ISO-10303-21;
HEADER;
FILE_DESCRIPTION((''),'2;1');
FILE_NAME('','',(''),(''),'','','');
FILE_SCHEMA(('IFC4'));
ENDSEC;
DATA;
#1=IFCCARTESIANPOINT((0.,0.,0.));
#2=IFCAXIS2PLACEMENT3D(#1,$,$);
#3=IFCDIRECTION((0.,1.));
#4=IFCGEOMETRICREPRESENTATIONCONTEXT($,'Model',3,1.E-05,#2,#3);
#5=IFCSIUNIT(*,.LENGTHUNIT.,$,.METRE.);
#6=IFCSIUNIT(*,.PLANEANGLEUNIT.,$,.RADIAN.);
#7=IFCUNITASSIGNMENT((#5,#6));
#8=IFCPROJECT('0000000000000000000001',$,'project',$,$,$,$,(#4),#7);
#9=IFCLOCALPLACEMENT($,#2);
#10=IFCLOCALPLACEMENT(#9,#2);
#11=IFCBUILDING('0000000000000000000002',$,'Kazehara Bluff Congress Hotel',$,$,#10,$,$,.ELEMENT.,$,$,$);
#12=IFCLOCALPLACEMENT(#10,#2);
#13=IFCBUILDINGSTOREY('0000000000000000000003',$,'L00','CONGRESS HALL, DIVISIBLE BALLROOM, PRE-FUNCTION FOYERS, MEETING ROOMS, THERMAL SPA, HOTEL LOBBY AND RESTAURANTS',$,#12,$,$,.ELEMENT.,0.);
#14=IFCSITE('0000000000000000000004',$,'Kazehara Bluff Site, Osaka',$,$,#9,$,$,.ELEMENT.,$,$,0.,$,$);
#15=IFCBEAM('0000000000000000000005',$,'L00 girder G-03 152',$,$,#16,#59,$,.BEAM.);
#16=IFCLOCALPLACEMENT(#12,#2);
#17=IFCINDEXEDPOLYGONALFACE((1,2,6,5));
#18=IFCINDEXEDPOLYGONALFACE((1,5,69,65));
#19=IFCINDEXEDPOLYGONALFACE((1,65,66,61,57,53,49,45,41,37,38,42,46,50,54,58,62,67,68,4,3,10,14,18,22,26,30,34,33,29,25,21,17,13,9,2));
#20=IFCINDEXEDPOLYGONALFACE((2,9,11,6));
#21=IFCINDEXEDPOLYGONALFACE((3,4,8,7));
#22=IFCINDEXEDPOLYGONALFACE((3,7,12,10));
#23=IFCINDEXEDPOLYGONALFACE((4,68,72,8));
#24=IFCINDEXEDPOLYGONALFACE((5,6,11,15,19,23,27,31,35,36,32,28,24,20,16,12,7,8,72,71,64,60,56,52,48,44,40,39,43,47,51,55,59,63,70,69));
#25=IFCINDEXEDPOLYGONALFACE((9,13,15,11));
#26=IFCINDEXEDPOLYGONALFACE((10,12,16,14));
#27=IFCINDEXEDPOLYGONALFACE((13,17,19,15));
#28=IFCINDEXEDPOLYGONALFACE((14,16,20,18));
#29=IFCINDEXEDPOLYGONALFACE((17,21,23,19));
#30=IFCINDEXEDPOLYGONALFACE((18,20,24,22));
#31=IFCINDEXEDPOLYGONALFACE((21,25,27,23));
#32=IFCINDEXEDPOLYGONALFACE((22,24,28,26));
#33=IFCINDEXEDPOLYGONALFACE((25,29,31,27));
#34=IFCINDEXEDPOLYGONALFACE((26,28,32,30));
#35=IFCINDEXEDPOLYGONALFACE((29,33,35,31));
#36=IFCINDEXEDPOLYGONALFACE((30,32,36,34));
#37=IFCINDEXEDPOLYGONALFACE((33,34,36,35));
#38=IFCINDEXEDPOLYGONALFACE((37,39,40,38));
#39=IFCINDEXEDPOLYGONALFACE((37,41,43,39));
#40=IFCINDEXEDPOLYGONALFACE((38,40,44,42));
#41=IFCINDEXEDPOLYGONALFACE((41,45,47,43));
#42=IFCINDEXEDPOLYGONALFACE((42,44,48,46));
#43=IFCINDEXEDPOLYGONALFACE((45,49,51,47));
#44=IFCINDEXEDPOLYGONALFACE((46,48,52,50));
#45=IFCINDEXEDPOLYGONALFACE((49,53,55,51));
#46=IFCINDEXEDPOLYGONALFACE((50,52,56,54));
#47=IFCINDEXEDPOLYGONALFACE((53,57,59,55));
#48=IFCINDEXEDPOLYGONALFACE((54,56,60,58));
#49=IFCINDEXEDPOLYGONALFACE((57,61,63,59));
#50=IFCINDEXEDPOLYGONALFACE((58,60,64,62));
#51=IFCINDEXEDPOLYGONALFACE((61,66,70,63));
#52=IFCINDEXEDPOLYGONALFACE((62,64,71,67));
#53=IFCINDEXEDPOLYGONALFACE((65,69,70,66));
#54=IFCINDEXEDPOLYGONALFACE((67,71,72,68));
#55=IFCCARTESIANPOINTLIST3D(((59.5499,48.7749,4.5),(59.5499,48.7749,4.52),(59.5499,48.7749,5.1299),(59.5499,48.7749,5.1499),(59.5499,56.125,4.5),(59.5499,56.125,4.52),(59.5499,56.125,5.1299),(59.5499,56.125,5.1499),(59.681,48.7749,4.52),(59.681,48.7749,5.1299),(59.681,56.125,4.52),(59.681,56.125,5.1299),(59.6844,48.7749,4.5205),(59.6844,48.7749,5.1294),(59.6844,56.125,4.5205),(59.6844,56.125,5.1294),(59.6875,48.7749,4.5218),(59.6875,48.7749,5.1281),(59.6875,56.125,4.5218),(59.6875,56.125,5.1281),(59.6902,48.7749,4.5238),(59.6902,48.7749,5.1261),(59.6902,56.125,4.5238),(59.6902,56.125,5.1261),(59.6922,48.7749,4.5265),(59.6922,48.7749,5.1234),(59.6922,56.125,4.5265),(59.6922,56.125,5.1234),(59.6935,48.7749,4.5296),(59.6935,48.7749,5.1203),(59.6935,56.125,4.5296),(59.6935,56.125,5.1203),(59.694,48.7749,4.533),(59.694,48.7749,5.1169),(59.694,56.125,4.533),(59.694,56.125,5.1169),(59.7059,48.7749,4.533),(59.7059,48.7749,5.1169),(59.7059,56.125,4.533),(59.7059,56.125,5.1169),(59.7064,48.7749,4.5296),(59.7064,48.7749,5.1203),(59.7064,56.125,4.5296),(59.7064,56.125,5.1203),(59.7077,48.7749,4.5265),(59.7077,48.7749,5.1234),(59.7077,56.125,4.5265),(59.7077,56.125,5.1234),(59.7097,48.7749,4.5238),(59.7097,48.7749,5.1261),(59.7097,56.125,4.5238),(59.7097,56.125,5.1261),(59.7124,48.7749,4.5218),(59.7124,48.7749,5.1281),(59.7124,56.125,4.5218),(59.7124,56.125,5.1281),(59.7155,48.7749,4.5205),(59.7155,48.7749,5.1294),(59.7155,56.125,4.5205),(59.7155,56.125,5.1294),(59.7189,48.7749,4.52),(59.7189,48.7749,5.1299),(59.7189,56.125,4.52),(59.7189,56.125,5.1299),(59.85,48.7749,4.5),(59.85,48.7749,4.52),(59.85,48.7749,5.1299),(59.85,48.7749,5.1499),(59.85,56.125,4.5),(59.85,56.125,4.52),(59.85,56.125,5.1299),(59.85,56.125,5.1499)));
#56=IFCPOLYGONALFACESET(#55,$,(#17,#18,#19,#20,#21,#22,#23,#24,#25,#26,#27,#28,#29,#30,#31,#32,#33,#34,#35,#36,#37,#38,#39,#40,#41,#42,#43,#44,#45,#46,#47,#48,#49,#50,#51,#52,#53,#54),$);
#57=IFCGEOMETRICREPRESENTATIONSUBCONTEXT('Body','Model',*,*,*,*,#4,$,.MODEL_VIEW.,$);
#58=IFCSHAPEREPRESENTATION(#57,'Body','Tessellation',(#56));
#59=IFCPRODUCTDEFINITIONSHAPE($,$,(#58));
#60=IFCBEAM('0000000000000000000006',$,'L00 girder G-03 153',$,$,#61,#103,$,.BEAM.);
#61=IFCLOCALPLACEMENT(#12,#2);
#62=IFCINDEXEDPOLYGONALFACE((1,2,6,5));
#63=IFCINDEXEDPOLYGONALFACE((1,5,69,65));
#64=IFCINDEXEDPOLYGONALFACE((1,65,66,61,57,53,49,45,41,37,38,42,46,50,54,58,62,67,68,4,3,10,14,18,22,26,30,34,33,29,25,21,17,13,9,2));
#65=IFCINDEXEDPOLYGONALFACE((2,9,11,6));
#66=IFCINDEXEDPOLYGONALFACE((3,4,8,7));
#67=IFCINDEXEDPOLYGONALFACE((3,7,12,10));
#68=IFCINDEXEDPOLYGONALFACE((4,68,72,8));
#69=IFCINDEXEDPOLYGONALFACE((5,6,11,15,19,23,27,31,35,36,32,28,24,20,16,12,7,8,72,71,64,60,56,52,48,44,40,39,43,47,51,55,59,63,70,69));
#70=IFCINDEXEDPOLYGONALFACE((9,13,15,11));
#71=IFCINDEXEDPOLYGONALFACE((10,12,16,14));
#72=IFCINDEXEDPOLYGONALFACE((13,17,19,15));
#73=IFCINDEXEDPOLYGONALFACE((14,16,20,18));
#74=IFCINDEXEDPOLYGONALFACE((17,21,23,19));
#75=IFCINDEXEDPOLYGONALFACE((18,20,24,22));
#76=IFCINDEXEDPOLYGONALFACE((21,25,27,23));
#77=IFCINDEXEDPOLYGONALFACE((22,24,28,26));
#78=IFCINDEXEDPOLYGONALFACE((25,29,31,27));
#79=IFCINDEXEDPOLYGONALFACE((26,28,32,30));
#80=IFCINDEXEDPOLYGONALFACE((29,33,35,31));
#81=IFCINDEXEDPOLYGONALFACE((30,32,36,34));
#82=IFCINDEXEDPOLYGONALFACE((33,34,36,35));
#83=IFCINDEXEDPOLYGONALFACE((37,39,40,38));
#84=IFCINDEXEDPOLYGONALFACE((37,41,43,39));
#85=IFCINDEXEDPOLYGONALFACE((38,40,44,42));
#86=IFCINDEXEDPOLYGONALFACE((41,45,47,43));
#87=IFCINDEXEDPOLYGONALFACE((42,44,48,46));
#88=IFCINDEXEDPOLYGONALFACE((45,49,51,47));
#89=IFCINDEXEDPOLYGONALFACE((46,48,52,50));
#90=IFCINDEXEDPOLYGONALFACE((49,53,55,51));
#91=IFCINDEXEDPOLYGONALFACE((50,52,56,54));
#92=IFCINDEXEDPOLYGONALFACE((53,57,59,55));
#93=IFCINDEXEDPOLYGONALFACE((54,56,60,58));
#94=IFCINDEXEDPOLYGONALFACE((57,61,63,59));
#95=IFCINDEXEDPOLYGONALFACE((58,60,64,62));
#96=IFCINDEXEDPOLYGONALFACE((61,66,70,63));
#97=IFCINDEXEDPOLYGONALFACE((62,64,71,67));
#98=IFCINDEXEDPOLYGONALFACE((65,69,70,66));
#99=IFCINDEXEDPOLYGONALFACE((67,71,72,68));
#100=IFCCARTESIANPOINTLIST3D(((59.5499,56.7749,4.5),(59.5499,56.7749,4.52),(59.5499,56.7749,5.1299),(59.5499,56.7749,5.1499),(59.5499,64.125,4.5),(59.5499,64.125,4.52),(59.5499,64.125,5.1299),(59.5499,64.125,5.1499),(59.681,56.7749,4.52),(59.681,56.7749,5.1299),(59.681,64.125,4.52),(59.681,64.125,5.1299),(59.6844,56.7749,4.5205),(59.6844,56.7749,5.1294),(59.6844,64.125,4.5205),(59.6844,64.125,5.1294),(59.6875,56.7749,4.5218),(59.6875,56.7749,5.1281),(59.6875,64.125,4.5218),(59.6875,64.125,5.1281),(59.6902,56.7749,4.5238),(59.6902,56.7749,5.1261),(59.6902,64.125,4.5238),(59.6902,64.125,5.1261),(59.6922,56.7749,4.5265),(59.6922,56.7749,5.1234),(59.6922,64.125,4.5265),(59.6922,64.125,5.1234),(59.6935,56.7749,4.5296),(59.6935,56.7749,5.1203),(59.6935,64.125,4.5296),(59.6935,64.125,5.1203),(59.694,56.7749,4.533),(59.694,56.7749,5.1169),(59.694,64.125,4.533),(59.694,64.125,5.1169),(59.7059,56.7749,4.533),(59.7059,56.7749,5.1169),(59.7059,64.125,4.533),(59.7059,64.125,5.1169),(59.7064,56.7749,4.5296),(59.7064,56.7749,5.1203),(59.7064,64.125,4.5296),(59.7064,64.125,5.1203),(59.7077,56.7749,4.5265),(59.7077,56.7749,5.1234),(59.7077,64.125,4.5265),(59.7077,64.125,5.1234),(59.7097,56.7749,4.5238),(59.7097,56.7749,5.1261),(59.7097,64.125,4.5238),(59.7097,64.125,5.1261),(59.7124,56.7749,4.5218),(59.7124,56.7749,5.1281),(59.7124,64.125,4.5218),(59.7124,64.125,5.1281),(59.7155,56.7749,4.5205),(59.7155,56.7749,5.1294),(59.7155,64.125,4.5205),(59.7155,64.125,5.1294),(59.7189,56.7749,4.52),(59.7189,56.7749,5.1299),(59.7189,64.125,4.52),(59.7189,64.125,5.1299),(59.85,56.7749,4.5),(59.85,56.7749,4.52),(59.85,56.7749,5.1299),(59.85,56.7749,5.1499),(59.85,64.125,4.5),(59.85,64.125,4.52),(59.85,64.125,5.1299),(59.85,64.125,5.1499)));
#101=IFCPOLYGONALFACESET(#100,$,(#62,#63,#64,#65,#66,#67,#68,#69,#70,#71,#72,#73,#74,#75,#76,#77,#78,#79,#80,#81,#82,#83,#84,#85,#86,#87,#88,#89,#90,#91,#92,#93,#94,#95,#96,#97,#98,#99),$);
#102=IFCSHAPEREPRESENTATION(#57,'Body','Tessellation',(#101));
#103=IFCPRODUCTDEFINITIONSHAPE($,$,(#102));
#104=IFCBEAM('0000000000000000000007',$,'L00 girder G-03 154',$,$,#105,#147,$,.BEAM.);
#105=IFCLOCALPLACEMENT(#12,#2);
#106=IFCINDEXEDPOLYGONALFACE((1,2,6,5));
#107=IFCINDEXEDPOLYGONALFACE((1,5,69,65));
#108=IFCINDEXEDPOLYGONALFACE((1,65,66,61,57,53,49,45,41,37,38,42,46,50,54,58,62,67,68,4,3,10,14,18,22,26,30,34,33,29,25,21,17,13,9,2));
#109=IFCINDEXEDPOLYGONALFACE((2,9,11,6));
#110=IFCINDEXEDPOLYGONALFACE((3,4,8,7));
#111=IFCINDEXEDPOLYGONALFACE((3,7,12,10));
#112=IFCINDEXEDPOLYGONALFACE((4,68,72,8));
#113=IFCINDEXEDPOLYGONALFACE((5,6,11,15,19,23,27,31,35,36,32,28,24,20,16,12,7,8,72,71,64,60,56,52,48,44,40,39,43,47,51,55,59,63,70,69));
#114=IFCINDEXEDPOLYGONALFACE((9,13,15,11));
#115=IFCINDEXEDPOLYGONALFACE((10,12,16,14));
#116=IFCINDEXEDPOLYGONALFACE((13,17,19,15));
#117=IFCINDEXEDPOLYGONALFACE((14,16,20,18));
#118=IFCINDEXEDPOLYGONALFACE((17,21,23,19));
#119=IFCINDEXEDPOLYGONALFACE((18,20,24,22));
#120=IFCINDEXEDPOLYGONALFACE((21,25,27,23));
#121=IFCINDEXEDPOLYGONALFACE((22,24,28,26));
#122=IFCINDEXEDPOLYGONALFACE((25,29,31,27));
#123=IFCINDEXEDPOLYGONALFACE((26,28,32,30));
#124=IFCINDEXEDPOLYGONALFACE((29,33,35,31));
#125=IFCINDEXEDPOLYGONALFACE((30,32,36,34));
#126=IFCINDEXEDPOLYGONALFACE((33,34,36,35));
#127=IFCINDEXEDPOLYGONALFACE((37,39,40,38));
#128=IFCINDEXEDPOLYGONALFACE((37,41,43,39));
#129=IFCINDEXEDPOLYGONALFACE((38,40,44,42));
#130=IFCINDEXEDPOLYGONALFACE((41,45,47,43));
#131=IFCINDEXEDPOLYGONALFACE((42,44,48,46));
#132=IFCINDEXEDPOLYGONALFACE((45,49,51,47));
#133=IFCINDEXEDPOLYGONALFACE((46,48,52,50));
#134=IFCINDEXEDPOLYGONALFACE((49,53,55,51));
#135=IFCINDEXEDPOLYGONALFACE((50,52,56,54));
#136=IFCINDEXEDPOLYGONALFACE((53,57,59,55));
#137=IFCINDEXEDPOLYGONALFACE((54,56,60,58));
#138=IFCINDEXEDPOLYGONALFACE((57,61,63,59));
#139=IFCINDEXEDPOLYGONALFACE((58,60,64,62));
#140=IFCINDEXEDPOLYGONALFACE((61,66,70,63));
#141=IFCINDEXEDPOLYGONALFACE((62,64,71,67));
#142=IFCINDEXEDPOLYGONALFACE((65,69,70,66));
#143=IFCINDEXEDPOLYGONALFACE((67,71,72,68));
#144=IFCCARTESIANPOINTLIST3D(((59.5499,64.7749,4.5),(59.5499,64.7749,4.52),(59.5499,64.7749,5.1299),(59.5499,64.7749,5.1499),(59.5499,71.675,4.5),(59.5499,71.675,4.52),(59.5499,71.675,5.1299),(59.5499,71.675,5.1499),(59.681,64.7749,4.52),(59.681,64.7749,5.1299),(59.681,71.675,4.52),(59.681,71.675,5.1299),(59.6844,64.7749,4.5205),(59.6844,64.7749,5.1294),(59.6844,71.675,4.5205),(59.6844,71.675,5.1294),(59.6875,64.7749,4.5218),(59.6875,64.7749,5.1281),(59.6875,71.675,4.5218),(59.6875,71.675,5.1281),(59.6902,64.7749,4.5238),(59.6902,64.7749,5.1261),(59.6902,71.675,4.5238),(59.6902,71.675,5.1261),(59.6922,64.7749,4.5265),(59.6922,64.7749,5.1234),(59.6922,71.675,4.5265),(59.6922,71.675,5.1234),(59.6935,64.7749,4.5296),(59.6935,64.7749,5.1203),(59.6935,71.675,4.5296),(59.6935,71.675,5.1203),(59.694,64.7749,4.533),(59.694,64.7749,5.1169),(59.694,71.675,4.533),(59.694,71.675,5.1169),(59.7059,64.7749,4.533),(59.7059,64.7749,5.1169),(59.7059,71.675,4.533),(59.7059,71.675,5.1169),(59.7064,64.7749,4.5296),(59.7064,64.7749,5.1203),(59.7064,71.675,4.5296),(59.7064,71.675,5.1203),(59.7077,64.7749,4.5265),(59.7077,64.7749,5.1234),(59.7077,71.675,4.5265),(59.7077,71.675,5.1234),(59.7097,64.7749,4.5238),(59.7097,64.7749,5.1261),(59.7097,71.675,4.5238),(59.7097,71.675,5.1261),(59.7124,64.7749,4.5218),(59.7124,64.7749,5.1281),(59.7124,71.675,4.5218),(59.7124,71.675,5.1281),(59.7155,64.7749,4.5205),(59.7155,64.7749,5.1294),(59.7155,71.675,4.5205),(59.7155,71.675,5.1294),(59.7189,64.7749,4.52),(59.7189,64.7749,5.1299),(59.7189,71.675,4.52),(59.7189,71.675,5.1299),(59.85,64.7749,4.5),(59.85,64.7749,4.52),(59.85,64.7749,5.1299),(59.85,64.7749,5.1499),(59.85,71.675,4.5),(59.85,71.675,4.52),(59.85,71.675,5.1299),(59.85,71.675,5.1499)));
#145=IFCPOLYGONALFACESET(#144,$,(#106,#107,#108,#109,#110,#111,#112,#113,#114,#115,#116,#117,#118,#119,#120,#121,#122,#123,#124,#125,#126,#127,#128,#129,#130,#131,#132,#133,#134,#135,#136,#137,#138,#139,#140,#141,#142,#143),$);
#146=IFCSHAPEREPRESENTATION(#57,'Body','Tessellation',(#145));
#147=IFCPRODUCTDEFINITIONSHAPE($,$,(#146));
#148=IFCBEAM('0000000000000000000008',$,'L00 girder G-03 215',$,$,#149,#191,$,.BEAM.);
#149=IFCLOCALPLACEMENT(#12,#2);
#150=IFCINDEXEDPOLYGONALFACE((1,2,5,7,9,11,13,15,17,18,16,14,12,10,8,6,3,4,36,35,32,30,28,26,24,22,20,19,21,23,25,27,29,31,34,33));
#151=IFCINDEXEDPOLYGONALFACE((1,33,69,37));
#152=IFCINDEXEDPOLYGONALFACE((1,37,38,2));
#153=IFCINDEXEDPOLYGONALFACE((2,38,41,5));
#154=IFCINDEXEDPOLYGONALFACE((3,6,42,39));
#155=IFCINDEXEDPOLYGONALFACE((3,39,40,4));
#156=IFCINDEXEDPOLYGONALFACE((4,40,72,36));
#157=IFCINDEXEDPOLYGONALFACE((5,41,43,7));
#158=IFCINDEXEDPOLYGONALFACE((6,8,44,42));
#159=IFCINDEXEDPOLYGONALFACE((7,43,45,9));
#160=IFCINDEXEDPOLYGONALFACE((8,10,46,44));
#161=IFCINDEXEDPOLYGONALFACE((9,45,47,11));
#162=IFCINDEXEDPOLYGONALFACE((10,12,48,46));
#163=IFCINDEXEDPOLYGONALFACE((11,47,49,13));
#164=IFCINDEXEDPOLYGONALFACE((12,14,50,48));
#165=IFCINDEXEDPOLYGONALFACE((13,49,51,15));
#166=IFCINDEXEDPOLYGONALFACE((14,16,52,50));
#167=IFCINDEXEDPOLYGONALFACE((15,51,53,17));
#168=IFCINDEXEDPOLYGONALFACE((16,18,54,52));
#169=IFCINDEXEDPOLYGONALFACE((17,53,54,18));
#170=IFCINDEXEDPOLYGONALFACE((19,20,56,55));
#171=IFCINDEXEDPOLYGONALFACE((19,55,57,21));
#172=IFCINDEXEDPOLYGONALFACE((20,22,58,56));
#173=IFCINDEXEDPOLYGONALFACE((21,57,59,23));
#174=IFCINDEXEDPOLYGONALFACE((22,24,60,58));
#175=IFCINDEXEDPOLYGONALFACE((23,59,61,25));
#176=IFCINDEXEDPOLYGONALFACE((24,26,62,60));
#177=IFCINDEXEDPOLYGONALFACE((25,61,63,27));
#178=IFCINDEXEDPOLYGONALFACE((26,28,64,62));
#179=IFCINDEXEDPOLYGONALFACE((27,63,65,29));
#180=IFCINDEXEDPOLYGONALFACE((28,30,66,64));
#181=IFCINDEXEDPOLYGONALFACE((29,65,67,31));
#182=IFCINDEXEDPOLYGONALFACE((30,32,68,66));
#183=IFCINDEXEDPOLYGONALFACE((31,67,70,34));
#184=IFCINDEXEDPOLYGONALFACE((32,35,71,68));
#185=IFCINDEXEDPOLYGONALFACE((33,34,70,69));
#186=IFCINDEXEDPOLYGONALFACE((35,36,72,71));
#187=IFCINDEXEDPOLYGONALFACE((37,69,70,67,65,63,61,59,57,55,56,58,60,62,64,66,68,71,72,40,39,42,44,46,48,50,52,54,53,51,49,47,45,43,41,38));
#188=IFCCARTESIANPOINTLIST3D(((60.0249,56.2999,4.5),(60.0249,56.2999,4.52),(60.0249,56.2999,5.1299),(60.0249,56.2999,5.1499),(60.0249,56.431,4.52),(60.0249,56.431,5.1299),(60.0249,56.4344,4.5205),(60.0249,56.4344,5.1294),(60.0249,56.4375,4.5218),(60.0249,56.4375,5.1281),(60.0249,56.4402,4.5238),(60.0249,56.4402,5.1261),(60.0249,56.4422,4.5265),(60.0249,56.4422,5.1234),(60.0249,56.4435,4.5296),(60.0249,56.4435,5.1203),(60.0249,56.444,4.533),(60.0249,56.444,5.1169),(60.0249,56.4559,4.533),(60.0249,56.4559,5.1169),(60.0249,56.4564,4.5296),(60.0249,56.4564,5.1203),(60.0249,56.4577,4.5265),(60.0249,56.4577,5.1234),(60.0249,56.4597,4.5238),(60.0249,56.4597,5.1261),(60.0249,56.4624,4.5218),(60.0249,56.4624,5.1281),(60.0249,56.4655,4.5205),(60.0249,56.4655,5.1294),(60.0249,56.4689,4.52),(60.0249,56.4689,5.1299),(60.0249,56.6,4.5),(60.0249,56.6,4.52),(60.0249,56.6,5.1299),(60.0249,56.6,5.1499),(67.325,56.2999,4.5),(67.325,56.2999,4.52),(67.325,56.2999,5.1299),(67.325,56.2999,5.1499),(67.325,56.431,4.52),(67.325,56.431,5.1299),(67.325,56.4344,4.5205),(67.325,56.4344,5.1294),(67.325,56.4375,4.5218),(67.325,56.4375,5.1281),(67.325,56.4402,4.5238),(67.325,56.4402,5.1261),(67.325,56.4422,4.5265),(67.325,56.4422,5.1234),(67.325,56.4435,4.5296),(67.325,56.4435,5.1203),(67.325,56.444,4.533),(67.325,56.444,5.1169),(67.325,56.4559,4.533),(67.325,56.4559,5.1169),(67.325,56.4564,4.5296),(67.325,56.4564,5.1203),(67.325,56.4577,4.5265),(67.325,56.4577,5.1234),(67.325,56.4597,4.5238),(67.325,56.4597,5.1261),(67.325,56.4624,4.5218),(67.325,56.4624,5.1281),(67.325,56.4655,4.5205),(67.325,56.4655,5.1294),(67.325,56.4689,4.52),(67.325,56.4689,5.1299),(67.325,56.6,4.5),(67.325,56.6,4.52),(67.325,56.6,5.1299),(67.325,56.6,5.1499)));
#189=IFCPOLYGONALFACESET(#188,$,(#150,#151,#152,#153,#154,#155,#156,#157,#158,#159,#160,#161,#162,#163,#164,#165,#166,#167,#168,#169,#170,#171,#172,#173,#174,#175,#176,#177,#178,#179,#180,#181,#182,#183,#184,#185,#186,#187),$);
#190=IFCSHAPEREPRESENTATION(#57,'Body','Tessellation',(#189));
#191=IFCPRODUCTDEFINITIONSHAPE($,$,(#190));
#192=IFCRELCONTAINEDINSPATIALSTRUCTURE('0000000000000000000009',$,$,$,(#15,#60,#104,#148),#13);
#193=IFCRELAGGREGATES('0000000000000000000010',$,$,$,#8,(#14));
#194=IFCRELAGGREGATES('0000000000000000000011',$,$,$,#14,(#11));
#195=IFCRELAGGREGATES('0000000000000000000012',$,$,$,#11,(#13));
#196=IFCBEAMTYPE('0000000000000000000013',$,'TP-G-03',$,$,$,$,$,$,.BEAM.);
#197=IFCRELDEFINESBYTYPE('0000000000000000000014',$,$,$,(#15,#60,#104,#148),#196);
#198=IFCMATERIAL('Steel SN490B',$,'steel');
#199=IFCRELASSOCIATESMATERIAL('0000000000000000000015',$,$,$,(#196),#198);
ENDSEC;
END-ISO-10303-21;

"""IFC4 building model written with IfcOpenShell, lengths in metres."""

from ifc_helpers import new_model, si_unit, direction, frame, origin, origin_2d, place, context, subcontext, project, spatial, i_section, extrude, material, material_profile, profile_set, type_object, element, save


model = new_model("IFC4")

# Units and contexts
model_context = context("Model", 3, precision=1e-05, world=origin(), true_north=direction((0.0, 1.0)))
body_context = subcontext(model_context, "Body", "Model", "MODEL_VIEW")
ifc_project = project(units=[si_unit("LENGTHUNIT", "METRE"), si_unit("PLANEANGLEUNIT", "RADIAN")], contexts=[model_context])

# Site, building, storey
site_placement = place(None, origin())
site = spatial("IfcSite", under=ifc_project, at=site_placement, Name="Kazehara Bluff Site, Osaka", CompositionType="ELEMENT", RefElevation=0.0)
building_placement = place(site_placement, origin())
building = spatial("IfcBuilding", under=site, at=building_placement, Name="Kazehara Bluff Congress Hotel", CompositionType="ELEMENT")
storey_placement = place(building_placement, origin())
storey = spatial("IfcBuildingStorey", under=building, at=storey_placement, Name="L00", Description="CONGRESS HALL, DIVISIBLE BALLROOM, PRE-FUNCTION FOYERS, MEETING ROOMS, THERMAL SPA, HOTEL LOBBY AND RESTAURANTS", CompositionType="ELEMENT", Elevation=0.0)

# Beams
ifc_material_1 = material(Name="Steel SN490B", Category="steel")
ifc_material_profile_1 = material_profile(ifc_material_1, i_section(OverallWidth=0.3, OverallDepth=0.6499, WebThickness=0.012, FlangeThickness=0.02, FilletRadius=0.0129, at=origin_2d()))
ifc_profile_set_1 = profile_set([ifc_material_profile_1], Name="Steel SN490B")
beam_type_1 = type_object("IfcBeamType", Name="TP-G-03", PredefinedType="BEAM", material=ifc_profile_set_1)
for number, where, z_axis, x_axis, name in (
    (1, (59.7, 48.7749, 4.825), (0.0, 1.0, 0.0), (-1.0, 0.0, 0.0), "L00 girder G-03 152"),
    (2, (59.7, 56.7749, 4.825), (0.0, 1.0, 0.0), (-1.0, 0.0, 0.0), "L00 girder G-03 153"),
):
    element("IfcBeam", number, at=place(storey_placement, frame(where, z_axis=z_axis, x_axis=x_axis)), inside=storey, type_object=beam_type_1, Name=name, PredefinedType="BEAM", context=body_context, shape_type="SweptSolid", body=[
        extrude(i_section(OverallWidth=0.3, OverallDepth=0.6499, WebThickness=0.012, FlangeThickness=0.02, FilletRadius=0.0129, at=origin_2d()), origin(), (0.0, 0.0, 1.0), 7.3501),
    ])
beam_1_placement = place(storey_placement, frame((59.7, 64.7749, 4.825), z_axis=(0.0, 1.0, 0.0), x_axis=(-1.0, 0.0, 0.0)))
element("IfcBeam", 3, at=beam_1_placement, inside=storey, type_object=beam_type_1, Name="L00 girder G-03 154", PredefinedType="BEAM", context=body_context, shape_type="SweptSolid", body=[
    extrude(i_section(OverallWidth=0.3, OverallDepth=0.6499, WebThickness=0.012, FlangeThickness=0.02, FilletRadius=0.0129, at=origin_2d()), origin(), (0.0, 0.0, 1.0), 6.9001),
])
for number, where, z_axis, x_axis, name in (
    (4, (60.0249, 56.45, 4.825), (1.0, 0.0, 0.0), (0.0, 1.0, 0.0), "L00 girder G-03 215"),
):
    element("IfcBeam", number, at=place(storey_placement, frame(where, z_axis=z_axis, x_axis=x_axis)), inside=storey, type_object=beam_type_1, Name=name, PredefinedType="BEAM", context=body_context, shape_type="SweptSolid", body=[
        extrude(i_section(OverallWidth=0.3, OverallDepth=0.6499, WebThickness=0.012, FlangeThickness=0.02, FilletRadius=0.0129, at=origin_2d()), origin(), (0.0, 0.0, 1.0), 7.3),
    ])

save(model, "model.ifc")
